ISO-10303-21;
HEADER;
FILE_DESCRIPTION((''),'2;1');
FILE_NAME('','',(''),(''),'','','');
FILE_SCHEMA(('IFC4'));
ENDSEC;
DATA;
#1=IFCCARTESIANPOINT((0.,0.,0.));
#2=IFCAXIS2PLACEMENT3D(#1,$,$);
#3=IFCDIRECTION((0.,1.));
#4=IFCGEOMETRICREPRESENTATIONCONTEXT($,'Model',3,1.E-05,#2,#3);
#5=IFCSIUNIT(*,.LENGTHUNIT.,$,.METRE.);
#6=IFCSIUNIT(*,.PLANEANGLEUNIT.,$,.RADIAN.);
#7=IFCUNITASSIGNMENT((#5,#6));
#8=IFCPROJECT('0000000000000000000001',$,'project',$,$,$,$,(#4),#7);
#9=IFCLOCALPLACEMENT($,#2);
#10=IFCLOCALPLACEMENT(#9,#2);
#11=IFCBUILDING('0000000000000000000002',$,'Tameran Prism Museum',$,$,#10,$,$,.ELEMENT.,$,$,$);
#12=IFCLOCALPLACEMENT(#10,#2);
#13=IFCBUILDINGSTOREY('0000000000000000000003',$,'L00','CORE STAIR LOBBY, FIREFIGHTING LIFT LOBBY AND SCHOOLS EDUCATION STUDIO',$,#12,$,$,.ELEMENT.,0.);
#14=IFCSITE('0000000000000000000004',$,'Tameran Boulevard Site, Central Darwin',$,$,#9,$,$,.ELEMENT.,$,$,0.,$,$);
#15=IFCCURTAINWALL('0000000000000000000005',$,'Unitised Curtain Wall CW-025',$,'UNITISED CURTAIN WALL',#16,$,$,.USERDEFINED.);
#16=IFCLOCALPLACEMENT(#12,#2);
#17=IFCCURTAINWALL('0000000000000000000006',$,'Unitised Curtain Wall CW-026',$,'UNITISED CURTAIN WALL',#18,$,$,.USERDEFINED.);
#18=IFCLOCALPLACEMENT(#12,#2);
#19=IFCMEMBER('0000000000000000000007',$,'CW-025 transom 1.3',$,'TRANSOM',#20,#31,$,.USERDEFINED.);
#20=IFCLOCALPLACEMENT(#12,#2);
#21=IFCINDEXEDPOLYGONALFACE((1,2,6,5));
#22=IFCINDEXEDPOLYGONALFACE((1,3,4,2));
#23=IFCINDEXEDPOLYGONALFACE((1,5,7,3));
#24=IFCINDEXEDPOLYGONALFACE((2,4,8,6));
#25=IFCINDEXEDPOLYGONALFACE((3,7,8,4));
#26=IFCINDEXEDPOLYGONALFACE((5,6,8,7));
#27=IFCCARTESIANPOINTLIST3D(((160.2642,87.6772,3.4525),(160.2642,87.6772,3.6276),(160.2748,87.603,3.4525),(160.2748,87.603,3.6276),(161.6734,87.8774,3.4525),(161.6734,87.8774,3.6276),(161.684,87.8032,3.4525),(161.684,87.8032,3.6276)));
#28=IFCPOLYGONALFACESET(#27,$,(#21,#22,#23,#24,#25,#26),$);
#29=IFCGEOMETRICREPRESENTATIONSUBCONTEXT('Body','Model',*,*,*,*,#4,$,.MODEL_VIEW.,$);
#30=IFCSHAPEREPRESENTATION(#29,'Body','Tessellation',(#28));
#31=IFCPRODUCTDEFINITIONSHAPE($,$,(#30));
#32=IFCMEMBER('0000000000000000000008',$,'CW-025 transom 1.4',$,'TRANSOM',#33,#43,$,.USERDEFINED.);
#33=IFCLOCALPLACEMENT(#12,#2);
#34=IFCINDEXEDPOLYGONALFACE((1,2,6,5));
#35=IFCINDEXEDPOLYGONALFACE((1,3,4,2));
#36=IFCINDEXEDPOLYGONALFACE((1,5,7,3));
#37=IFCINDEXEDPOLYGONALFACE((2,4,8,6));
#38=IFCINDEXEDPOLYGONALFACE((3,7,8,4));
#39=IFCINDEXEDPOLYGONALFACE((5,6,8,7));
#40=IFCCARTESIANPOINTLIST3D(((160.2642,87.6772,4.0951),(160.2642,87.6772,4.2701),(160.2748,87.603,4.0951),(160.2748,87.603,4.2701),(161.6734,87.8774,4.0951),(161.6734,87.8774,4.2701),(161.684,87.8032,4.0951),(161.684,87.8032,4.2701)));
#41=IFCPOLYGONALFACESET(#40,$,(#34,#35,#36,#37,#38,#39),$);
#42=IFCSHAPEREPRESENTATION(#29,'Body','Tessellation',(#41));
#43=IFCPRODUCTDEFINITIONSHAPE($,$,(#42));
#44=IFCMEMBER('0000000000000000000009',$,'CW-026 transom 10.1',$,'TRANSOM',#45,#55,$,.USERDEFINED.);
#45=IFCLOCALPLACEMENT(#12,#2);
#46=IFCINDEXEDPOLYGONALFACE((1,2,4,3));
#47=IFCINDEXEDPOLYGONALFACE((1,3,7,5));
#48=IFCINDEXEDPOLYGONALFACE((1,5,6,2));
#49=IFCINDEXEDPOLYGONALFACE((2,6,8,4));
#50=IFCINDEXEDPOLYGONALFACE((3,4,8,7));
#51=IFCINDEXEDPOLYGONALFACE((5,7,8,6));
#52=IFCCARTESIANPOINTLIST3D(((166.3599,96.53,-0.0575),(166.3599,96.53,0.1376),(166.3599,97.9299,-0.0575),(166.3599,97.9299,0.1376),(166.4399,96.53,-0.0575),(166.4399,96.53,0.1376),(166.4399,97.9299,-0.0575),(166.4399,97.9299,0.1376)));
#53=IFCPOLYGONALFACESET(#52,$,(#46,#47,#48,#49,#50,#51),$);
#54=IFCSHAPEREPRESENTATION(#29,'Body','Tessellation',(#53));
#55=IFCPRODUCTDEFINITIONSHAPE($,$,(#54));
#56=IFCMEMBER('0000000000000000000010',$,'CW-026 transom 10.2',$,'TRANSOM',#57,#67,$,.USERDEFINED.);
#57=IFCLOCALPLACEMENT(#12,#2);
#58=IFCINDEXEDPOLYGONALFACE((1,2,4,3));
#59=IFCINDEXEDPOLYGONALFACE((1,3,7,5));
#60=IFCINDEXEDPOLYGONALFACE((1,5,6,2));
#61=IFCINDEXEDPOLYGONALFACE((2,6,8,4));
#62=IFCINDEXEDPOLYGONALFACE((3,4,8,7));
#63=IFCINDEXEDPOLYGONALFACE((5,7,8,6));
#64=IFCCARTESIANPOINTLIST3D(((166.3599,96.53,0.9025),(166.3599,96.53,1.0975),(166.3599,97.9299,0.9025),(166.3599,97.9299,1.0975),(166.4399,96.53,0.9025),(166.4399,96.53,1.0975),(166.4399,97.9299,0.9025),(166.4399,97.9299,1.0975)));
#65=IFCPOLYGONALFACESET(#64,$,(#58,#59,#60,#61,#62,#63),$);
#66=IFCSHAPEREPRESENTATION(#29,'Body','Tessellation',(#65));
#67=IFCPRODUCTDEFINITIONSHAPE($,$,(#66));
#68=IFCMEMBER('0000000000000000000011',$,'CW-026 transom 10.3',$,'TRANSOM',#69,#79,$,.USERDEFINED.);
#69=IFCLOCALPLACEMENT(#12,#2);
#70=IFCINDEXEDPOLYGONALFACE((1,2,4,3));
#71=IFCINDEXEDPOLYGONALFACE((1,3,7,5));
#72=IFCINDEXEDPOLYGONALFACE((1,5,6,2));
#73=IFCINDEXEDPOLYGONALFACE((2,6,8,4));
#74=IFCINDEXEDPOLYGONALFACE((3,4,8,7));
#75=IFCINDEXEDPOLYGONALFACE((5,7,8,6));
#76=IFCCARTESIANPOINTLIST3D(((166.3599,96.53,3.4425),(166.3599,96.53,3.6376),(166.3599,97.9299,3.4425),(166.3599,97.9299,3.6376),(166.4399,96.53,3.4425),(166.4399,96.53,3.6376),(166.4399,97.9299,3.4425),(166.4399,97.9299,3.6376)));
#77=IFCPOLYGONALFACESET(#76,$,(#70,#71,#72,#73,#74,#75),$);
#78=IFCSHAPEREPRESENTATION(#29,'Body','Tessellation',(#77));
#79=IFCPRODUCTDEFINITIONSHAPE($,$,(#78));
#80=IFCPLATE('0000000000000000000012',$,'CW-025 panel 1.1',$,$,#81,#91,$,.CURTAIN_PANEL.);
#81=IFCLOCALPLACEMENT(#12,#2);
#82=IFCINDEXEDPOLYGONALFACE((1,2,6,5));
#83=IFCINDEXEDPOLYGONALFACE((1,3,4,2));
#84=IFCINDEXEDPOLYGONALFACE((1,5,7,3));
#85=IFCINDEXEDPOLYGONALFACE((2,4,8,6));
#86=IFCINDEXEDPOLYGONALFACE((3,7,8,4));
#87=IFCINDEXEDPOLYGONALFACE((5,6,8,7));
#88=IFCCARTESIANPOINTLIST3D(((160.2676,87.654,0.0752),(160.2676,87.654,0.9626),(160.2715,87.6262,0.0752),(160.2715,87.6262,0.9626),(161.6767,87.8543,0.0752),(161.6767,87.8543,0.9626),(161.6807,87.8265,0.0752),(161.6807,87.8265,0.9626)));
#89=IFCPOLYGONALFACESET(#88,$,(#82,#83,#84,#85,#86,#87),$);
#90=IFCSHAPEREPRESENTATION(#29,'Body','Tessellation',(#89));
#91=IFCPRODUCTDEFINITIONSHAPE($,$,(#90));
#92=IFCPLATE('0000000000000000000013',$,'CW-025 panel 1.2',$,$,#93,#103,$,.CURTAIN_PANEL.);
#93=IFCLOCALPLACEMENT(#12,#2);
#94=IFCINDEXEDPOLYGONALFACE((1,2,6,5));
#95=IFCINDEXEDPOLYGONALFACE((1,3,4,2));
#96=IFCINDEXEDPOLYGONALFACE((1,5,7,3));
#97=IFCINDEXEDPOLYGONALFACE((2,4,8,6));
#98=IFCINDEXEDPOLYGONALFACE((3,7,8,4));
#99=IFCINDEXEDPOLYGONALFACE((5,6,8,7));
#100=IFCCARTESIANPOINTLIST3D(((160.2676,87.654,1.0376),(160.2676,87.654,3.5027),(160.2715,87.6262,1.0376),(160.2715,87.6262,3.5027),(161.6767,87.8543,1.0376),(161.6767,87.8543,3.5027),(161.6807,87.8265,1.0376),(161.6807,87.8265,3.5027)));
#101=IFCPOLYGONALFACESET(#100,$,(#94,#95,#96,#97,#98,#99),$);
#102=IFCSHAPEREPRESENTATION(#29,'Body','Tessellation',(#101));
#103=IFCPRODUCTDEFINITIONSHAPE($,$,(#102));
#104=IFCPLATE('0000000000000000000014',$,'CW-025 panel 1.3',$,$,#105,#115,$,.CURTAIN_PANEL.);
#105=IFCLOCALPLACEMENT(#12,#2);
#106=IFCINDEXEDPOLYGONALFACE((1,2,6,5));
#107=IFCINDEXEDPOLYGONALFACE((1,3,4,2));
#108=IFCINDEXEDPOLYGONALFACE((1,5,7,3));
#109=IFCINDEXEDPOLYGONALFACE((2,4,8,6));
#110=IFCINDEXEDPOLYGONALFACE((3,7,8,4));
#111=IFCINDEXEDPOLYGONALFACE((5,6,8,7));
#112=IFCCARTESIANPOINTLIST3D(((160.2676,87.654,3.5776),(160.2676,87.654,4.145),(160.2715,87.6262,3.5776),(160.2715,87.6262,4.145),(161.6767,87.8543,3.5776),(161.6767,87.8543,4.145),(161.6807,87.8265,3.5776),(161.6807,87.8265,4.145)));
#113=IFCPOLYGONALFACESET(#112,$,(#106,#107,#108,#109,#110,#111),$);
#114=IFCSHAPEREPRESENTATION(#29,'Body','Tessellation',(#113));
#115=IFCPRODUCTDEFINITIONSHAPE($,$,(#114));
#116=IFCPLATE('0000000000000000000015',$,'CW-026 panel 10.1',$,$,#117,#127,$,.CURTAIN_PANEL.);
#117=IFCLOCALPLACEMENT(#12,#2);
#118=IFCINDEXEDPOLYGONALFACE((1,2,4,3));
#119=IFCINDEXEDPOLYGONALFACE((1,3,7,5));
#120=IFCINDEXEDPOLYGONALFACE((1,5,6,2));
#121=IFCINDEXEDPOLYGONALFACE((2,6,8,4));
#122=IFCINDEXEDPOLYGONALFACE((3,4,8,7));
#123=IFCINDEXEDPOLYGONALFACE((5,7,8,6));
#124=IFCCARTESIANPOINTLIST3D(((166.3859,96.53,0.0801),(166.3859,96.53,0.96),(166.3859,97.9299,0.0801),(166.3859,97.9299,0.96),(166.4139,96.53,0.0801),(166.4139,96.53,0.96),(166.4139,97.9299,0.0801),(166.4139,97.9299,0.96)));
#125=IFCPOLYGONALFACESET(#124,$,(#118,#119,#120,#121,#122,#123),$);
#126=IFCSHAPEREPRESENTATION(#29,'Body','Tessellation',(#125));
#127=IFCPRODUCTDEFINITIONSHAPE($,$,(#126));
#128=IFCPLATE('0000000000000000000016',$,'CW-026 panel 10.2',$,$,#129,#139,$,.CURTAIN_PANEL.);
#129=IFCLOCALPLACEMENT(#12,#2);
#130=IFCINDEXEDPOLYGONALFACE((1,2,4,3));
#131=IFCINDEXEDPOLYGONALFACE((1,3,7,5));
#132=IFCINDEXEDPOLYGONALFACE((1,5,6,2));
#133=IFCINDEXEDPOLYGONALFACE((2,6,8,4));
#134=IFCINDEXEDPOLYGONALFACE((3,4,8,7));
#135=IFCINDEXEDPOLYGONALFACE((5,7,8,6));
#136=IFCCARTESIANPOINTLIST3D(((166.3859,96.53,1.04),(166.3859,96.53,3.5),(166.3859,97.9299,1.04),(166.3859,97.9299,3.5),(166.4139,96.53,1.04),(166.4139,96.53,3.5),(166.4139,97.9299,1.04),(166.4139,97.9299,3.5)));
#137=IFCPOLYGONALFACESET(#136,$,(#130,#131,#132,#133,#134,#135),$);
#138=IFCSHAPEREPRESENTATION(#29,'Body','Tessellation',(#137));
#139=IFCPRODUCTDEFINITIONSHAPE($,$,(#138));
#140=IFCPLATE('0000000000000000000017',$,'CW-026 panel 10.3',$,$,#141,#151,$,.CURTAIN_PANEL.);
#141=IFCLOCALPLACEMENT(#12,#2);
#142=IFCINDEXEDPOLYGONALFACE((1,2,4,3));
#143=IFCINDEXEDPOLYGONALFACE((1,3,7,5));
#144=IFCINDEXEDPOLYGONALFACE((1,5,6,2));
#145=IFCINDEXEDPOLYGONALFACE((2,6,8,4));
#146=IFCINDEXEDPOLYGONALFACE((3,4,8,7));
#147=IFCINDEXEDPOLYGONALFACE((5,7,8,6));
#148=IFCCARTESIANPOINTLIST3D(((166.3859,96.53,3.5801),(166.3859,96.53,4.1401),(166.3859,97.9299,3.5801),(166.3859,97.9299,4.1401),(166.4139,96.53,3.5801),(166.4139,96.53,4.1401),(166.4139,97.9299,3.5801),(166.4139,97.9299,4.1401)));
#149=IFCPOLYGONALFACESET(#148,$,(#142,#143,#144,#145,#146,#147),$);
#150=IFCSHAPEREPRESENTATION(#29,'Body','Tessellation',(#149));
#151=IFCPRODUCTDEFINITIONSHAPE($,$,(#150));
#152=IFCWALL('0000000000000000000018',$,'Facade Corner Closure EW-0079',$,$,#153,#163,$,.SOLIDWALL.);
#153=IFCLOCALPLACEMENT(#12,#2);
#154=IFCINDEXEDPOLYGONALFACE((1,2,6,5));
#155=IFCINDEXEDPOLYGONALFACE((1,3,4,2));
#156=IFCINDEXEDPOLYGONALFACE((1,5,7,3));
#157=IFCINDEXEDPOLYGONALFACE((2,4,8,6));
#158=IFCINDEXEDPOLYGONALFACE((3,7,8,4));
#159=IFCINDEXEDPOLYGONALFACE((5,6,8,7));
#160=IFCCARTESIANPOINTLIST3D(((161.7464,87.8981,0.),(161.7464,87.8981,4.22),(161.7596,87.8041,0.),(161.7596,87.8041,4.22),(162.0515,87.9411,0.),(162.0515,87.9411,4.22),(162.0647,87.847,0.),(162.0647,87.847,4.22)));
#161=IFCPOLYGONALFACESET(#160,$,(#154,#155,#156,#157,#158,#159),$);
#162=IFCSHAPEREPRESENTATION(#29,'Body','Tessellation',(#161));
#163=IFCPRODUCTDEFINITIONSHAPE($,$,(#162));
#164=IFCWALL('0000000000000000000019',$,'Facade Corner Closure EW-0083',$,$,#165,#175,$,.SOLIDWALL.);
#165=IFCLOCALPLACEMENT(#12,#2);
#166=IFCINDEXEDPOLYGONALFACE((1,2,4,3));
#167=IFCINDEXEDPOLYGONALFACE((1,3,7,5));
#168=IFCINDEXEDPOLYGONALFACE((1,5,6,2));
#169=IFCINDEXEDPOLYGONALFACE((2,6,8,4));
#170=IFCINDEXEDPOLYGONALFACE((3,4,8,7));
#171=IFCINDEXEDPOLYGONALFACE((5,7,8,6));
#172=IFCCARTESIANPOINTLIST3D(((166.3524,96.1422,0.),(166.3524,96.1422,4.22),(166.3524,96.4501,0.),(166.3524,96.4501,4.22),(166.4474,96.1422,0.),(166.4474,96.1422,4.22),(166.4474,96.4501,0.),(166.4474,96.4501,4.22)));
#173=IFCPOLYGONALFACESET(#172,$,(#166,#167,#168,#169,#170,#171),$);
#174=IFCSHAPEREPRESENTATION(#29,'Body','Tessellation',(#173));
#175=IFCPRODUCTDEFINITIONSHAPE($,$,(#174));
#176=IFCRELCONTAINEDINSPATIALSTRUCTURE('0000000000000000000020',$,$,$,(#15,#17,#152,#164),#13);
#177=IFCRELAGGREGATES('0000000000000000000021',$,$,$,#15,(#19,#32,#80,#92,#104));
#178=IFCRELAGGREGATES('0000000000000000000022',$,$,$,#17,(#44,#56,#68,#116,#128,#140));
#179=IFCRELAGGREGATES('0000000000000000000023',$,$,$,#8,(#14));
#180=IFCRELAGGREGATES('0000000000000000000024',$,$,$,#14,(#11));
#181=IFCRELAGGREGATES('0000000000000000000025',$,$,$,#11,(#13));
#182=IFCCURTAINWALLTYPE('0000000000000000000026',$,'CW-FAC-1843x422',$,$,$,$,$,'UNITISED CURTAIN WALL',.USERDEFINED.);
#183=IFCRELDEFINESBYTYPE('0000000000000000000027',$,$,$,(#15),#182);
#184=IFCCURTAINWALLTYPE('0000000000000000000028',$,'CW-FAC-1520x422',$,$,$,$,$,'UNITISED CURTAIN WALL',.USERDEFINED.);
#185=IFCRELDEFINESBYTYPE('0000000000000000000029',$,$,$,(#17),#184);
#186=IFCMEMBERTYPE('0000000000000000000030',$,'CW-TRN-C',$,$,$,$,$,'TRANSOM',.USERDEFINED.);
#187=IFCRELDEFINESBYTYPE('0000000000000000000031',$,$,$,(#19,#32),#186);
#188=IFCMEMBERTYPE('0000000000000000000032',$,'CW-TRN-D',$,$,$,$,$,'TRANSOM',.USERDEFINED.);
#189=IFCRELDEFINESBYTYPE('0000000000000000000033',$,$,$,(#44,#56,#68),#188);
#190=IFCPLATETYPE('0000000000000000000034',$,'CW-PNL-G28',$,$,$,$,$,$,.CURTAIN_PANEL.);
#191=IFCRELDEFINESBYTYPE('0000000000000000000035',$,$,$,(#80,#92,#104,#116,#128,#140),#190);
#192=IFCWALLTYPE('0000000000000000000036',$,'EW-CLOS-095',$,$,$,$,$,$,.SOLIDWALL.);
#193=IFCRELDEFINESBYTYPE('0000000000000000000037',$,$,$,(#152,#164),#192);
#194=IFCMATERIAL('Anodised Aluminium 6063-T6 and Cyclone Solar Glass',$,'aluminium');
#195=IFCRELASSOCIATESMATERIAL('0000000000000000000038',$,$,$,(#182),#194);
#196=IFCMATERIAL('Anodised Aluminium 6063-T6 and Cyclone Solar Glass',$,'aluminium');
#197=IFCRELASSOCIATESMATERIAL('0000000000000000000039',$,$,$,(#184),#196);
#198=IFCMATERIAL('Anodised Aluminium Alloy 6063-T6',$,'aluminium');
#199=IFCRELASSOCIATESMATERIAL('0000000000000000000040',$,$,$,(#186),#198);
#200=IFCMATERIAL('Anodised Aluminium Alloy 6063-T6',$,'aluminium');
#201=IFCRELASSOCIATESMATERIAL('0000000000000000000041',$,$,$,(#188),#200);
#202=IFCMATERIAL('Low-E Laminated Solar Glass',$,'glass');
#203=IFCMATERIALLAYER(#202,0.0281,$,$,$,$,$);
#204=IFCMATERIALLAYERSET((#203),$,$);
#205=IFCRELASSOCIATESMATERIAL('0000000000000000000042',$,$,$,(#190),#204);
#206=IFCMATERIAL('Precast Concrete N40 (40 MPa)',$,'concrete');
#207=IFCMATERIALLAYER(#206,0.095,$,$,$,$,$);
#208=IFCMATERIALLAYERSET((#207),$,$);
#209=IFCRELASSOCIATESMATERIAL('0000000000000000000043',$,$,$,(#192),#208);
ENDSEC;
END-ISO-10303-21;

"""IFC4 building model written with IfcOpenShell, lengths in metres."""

from ifc_helpers import new_model, si_unit, direction, frame, frame_2d, origin, origin_2d, place, context, subcontext, project, spatial, rectangle, extrude, material, layer, layer_set, material_profile, profile_set, type_object, element, aggregate, save


model = new_model("IFC4")

# Units and contexts
model_context = context("Model", 3, precision=1e-05, world=origin(), true_north=direction((0.0, 1.0)))
body_context = subcontext(model_context, "Body", "Model", "MODEL_VIEW")
ifc_project = project(units=[si_unit("LENGTHUNIT", "METRE"), si_unit("PLANEANGLEUNIT", "RADIAN")], contexts=[model_context])

# Site, building, storey
site_placement = place(None, origin())
site = spatial("IfcSite", under=ifc_project, at=site_placement, Name="Tameran Boulevard Site, Central Darwin", CompositionType="ELEMENT", RefElevation=0.0)
building_placement = place(site_placement, origin())
building = spatial("IfcBuilding", under=site, at=building_placement, Name="Tameran Prism Museum", CompositionType="ELEMENT")
storey_placement = place(building_placement, origin())
storey = spatial("IfcBuildingStorey", under=building, at=storey_placement, Name="L00", Description="CORE STAIR LOBBY, FIREFIGHTING LIFT LOBBY AND SCHOOLS EDUCATION STUDIO", CompositionType="ELEMENT", Elevation=0.0)

# Curtain walls
ifc_material_1 = material(Name="Anodised Aluminium 6063-T6 and Cyclone Solar Glass", Category="aluminium")
curtain_wall_type_1 = type_object("IfcCurtainWallType", Name="CW-FAC-1843x422", ElementType="UNITISED CURTAIN WALL", PredefinedType="USERDEFINED", material=ifc_material_1)
curtain_wall_1_placement = place(storey_placement, origin())
curtain_wall_1 = element("IfcCurtainWall", 1, at=curtain_wall_1_placement, inside=storey, type_object=curtain_wall_type_1, Name="Unitised Curtain Wall CW-025", ObjectType="UNITISED CURTAIN WALL", PredefinedType="USERDEFINED")
ifc_material_2 = material(Name="Anodised Aluminium 6063-T6 and Cyclone Solar Glass", Category="aluminium")
curtain_wall_type_2 = type_object("IfcCurtainWallType", Name="CW-FAC-1520x422", ElementType="UNITISED CURTAIN WALL", PredefinedType="USERDEFINED", material=ifc_material_2)
curtain_wall_2_placement = place(storey_placement, origin())
curtain_wall_2 = element("IfcCurtainWall", 2, at=curtain_wall_2_placement, inside=storey, type_object=curtain_wall_type_2, Name="Unitised Curtain Wall CW-026", ObjectType="UNITISED CURTAIN WALL", PredefinedType="USERDEFINED")

# Members
ifc_material_3 = material(Name="Anodised Aluminium Alloy 6063-T6", Category="aluminium")
ifc_material_profile_1 = material_profile(ifc_material_3, rectangle(XDim=0.075, YDim=0.175, at=origin_2d()))
ifc_profile_set_1 = profile_set([ifc_material_profile_1])
member_type_1 = type_object("IfcMemberType", Name="CW-TRN-C", ElementType="TRANSOM", PredefinedType="USERDEFINED", material=ifc_profile_set_1)
member_1_placement = place(storey_placement, frame((161.6787, 87.8403, 3.54), z_axis=(-0.990059, -0.140653, 0.0), x_axis=(0.140653, -0.990059, 0.0)))
member_1 = element("IfcMember", 3, at=member_1_placement, type_object=member_type_1, Name="CW-025 transom 1.3", ObjectType="TRANSOM", PredefinedType="USERDEFINED", context=body_context, shape_type="SweptSolid", body=[
    extrude(rectangle(XDim=0.075, YDim=0.175, at=origin_2d()), origin(), (0.0, 0.0, 1.0), 1.4233),
])
member_2_placement = place(storey_placement, frame((161.6787, 87.8403, 4.1826), z_axis=(-0.990059, -0.140653, 0.0), x_axis=(0.140653, -0.990059, 0.0)))
member_2 = element("IfcMember", 4, at=member_2_placement, type_object=member_type_1, Name="CW-025 transom 1.4", ObjectType="TRANSOM", PredefinedType="USERDEFINED", context=body_context, shape_type="SweptSolid", body=[
    extrude(rectangle(XDim=0.075, YDim=0.175, at=origin_2d()), origin(), (0.0, 0.0, 1.0), 1.4233),
])
ifc_material_4 = material(Name="Anodised Aluminium Alloy 6063-T6", Category="aluminium")
ifc_material_profile_2 = material_profile(ifc_material_4, rectangle(XDim=0.0801, YDim=0.1951, at=origin_2d()))
ifc_profile_set_2 = profile_set([ifc_material_profile_2])
member_type_2 = type_object("IfcMemberType", Name="CW-TRN-D", ElementType="TRANSOM", PredefinedType="USERDEFINED", material=ifc_profile_set_2)
member_3_placement = place(storey_placement, frame((166.3999, 97.9299, 0.04), z_axis=(0.0, -1.0, 0.0), x_axis=(1.0, 0.0, 0.0)))
member_3 = element("IfcMember", 5, at=member_3_placement, type_object=member_type_2, Name="CW-026 transom 10.1", ObjectType="TRANSOM", PredefinedType="USERDEFINED", context=body_context, shape_type="SweptSolid", body=[
    extrude(rectangle(XDim=0.0801, YDim=0.1951, at=origin_2d()), origin(), (0.0, 0.0, 1.0), 1.3999),
])
member_4_placement = place(storey_placement, frame((166.3999, 97.9299, 1.0), z_axis=(0.0, -1.0, 0.0), x_axis=(1.0, 0.0, 0.0)))
member_4 = element("IfcMember", 6, at=member_4_placement, type_object=member_type_2, Name="CW-026 transom 10.2", ObjectType="TRANSOM", PredefinedType="USERDEFINED", context=body_context, shape_type="SweptSolid", body=[
    extrude(rectangle(XDim=0.0801, YDim=0.1951, at=origin_2d()), origin(), (0.0, 0.0, 1.0), 1.3999),
])
member_5_placement = place(storey_placement, frame((166.3999, 97.9299, 3.54), z_axis=(0.0, -1.0, 0.0), x_axis=(1.0, 0.0, 0.0)))
member_5 = element("IfcMember", 7, at=member_5_placement, type_object=member_type_2, Name="CW-026 transom 10.3", ObjectType="TRANSOM", PredefinedType="USERDEFINED", context=body_context, shape_type="SweptSolid", body=[
    extrude(rectangle(XDim=0.0801, YDim=0.1951, at=origin_2d()), origin(), (0.0, 0.0, 1.0), 1.3999),
])

# Plates
ifc_material_5 = material(Name="Low-E Laminated Solar Glass", Category="glass")
ifc_layer_1 = layer(ifc_material_5, 0.0281)
ifc_layer_set_1 = layer_set([ifc_layer_1])
plate_type = type_object("IfcPlateType", Name="CW-PNL-G28", PredefinedType="CURTAIN_PANEL", material=ifc_layer_set_1)
plate_1_placement = place(storey_placement, frame((160.9741, 87.7402, 0.0752), z_axis=(0.0, 0.0, 1.0), x_axis=(-0.990046, -0.140745, 0.0)))
plate_1 = element("IfcPlate", 8, at=plate_1_placement, type_object=plate_type, Name="CW-025 panel 1.1", PredefinedType="CURTAIN_PANEL", context=body_context, shape_type="SweptSolid", body=[
    extrude(rectangle(XDim=1.4233, YDim=0.0281, at=origin_2d()), origin(), (0.0, 0.0, 1.0), 0.8875),
])
plate_2_placement = place(storey_placement, frame((160.9741, 87.7402, 1.0376), z_axis=(0.0, 0.0, 1.0), x_axis=(-0.990046, -0.140745, 0.0)))
plate_2 = element("IfcPlate", 9, at=plate_2_placement, type_object=plate_type, Name="CW-025 panel 1.2", PredefinedType="CURTAIN_PANEL", context=body_context, shape_type="SweptSolid", body=[
    extrude(rectangle(XDim=1.4233, YDim=0.0281, at=origin_2d()), origin(), (0.0, 0.0, 1.0), 2.4651),
])
plate_3_placement = place(storey_placement, frame((160.9741, 87.7402, 3.5776), z_axis=(0.0, 0.0, 1.0), x_axis=(-0.990046, -0.140745, 0.0)))
plate_3 = element("IfcPlate", 10, at=plate_3_placement, type_object=plate_type, Name="CW-025 panel 1.3", PredefinedType="CURTAIN_PANEL", context=body_context, shape_type="SweptSolid", body=[
    extrude(rectangle(XDim=1.4233, YDim=0.0281, at=origin_2d()), origin(), (0.0, 0.0, 1.0), 0.5674),
])
aggregate(curtain_wall_1, [member_1, member_2, plate_1, plate_2, plate_3])
plate_4_placement = place(storey_placement, frame((166.3999, 97.23, 0.0801), z_axis=(0.0, 0.0, 1.0), x_axis=(0.0, -1.0, 0.0)))
plate_4 = element("IfcPlate", 11, at=plate_4_placement, type_object=plate_type, Name="CW-026 panel 10.1", PredefinedType="CURTAIN_PANEL", context=body_context, shape_type="SweptSolid", body=[
    extrude(rectangle(XDim=1.3999, YDim=0.0281, at=origin_2d()), origin(), (0.0, 0.0, 1.0), 0.8799),
])
plate_5_placement = place(storey_placement, frame((166.3999, 97.23, 1.04), z_axis=(0.0, 0.0, 1.0), x_axis=(0.0, -1.0, 0.0)))
plate_5 = element("IfcPlate", 12, at=plate_5_placement, type_object=plate_type, Name="CW-026 panel 10.2", PredefinedType="CURTAIN_PANEL", context=body_context, shape_type="SweptSolid", body=[
    extrude(rectangle(XDim=1.3999, YDim=0.0281, at=origin_2d()), origin(), (0.0, 0.0, 1.0), 2.46),
])
plate_6_placement = place(storey_placement, frame((166.3999, 97.23, 3.5801), z_axis=(0.0, 0.0, 1.0), x_axis=(0.0, -1.0, 0.0)))
plate_6 = element("IfcPlate", 13, at=plate_6_placement, type_object=plate_type, Name="CW-026 panel 10.3", PredefinedType="CURTAIN_PANEL", context=body_context, shape_type="SweptSolid", body=[
    extrude(rectangle(XDim=1.3999, YDim=0.0281, at=origin_2d()), origin(), (0.0, 0.0, 1.0), 0.5601),
])
aggregate(curtain_wall_2, [member_3, member_4, member_5, plate_4, plate_5, plate_6])

# Walls
ifc_material_6 = material(Name="Precast Concrete N40 (40 MPa)", Category="concrete")
ifc_layer_2 = layer(ifc_material_6, 0.095)
ifc_layer_set_2 = layer_set([ifc_layer_2])
wall_type_1 = type_object("IfcWallType", Name="EW-CLOS-095", PredefinedType="SOLIDWALL", material=ifc_layer_set_2)
wall_1_placement = place(storey_placement, frame((162.0581, 87.894, 0.0), z_axis=(0.0, 0.0, 1.0), x_axis=(-0.990233, -0.139425, 0.0)))
element("IfcWall", 14, at=wall_1_placement, inside=storey, type_object=wall_type_1, Name="Facade Corner Closure EW-0079", PredefinedType="SOLIDWALL", context=body_context, shape_type="SweptSolid", body=[
    extrude(rectangle(XDim=0.3081, YDim=0.095, at=frame_2d((0.1541, 0.0))), origin(), (0.0, 0.0, 1.0), 4.22),
])
wall_2_placement = place(storey_placement, frame((166.3999, 96.45, 0.0), z_axis=(0.0, 0.0, 1.0), x_axis=(0.0, -1.0, 0.0)))
element("IfcWall", 15, at=wall_2_placement, inside=storey, type_object=wall_type_1, Name="Facade Corner Closure EW-0083", PredefinedType="SOLIDWALL", context=body_context, shape_type="SweptSolid", body=[
    extrude(rectangle(XDim=0.3079, YDim=0.095, at=frame_2d((0.1538, 0.0))), origin(), (0.0, 0.0, 1.0), 4.22),
])

save(model, "model.ifc")
